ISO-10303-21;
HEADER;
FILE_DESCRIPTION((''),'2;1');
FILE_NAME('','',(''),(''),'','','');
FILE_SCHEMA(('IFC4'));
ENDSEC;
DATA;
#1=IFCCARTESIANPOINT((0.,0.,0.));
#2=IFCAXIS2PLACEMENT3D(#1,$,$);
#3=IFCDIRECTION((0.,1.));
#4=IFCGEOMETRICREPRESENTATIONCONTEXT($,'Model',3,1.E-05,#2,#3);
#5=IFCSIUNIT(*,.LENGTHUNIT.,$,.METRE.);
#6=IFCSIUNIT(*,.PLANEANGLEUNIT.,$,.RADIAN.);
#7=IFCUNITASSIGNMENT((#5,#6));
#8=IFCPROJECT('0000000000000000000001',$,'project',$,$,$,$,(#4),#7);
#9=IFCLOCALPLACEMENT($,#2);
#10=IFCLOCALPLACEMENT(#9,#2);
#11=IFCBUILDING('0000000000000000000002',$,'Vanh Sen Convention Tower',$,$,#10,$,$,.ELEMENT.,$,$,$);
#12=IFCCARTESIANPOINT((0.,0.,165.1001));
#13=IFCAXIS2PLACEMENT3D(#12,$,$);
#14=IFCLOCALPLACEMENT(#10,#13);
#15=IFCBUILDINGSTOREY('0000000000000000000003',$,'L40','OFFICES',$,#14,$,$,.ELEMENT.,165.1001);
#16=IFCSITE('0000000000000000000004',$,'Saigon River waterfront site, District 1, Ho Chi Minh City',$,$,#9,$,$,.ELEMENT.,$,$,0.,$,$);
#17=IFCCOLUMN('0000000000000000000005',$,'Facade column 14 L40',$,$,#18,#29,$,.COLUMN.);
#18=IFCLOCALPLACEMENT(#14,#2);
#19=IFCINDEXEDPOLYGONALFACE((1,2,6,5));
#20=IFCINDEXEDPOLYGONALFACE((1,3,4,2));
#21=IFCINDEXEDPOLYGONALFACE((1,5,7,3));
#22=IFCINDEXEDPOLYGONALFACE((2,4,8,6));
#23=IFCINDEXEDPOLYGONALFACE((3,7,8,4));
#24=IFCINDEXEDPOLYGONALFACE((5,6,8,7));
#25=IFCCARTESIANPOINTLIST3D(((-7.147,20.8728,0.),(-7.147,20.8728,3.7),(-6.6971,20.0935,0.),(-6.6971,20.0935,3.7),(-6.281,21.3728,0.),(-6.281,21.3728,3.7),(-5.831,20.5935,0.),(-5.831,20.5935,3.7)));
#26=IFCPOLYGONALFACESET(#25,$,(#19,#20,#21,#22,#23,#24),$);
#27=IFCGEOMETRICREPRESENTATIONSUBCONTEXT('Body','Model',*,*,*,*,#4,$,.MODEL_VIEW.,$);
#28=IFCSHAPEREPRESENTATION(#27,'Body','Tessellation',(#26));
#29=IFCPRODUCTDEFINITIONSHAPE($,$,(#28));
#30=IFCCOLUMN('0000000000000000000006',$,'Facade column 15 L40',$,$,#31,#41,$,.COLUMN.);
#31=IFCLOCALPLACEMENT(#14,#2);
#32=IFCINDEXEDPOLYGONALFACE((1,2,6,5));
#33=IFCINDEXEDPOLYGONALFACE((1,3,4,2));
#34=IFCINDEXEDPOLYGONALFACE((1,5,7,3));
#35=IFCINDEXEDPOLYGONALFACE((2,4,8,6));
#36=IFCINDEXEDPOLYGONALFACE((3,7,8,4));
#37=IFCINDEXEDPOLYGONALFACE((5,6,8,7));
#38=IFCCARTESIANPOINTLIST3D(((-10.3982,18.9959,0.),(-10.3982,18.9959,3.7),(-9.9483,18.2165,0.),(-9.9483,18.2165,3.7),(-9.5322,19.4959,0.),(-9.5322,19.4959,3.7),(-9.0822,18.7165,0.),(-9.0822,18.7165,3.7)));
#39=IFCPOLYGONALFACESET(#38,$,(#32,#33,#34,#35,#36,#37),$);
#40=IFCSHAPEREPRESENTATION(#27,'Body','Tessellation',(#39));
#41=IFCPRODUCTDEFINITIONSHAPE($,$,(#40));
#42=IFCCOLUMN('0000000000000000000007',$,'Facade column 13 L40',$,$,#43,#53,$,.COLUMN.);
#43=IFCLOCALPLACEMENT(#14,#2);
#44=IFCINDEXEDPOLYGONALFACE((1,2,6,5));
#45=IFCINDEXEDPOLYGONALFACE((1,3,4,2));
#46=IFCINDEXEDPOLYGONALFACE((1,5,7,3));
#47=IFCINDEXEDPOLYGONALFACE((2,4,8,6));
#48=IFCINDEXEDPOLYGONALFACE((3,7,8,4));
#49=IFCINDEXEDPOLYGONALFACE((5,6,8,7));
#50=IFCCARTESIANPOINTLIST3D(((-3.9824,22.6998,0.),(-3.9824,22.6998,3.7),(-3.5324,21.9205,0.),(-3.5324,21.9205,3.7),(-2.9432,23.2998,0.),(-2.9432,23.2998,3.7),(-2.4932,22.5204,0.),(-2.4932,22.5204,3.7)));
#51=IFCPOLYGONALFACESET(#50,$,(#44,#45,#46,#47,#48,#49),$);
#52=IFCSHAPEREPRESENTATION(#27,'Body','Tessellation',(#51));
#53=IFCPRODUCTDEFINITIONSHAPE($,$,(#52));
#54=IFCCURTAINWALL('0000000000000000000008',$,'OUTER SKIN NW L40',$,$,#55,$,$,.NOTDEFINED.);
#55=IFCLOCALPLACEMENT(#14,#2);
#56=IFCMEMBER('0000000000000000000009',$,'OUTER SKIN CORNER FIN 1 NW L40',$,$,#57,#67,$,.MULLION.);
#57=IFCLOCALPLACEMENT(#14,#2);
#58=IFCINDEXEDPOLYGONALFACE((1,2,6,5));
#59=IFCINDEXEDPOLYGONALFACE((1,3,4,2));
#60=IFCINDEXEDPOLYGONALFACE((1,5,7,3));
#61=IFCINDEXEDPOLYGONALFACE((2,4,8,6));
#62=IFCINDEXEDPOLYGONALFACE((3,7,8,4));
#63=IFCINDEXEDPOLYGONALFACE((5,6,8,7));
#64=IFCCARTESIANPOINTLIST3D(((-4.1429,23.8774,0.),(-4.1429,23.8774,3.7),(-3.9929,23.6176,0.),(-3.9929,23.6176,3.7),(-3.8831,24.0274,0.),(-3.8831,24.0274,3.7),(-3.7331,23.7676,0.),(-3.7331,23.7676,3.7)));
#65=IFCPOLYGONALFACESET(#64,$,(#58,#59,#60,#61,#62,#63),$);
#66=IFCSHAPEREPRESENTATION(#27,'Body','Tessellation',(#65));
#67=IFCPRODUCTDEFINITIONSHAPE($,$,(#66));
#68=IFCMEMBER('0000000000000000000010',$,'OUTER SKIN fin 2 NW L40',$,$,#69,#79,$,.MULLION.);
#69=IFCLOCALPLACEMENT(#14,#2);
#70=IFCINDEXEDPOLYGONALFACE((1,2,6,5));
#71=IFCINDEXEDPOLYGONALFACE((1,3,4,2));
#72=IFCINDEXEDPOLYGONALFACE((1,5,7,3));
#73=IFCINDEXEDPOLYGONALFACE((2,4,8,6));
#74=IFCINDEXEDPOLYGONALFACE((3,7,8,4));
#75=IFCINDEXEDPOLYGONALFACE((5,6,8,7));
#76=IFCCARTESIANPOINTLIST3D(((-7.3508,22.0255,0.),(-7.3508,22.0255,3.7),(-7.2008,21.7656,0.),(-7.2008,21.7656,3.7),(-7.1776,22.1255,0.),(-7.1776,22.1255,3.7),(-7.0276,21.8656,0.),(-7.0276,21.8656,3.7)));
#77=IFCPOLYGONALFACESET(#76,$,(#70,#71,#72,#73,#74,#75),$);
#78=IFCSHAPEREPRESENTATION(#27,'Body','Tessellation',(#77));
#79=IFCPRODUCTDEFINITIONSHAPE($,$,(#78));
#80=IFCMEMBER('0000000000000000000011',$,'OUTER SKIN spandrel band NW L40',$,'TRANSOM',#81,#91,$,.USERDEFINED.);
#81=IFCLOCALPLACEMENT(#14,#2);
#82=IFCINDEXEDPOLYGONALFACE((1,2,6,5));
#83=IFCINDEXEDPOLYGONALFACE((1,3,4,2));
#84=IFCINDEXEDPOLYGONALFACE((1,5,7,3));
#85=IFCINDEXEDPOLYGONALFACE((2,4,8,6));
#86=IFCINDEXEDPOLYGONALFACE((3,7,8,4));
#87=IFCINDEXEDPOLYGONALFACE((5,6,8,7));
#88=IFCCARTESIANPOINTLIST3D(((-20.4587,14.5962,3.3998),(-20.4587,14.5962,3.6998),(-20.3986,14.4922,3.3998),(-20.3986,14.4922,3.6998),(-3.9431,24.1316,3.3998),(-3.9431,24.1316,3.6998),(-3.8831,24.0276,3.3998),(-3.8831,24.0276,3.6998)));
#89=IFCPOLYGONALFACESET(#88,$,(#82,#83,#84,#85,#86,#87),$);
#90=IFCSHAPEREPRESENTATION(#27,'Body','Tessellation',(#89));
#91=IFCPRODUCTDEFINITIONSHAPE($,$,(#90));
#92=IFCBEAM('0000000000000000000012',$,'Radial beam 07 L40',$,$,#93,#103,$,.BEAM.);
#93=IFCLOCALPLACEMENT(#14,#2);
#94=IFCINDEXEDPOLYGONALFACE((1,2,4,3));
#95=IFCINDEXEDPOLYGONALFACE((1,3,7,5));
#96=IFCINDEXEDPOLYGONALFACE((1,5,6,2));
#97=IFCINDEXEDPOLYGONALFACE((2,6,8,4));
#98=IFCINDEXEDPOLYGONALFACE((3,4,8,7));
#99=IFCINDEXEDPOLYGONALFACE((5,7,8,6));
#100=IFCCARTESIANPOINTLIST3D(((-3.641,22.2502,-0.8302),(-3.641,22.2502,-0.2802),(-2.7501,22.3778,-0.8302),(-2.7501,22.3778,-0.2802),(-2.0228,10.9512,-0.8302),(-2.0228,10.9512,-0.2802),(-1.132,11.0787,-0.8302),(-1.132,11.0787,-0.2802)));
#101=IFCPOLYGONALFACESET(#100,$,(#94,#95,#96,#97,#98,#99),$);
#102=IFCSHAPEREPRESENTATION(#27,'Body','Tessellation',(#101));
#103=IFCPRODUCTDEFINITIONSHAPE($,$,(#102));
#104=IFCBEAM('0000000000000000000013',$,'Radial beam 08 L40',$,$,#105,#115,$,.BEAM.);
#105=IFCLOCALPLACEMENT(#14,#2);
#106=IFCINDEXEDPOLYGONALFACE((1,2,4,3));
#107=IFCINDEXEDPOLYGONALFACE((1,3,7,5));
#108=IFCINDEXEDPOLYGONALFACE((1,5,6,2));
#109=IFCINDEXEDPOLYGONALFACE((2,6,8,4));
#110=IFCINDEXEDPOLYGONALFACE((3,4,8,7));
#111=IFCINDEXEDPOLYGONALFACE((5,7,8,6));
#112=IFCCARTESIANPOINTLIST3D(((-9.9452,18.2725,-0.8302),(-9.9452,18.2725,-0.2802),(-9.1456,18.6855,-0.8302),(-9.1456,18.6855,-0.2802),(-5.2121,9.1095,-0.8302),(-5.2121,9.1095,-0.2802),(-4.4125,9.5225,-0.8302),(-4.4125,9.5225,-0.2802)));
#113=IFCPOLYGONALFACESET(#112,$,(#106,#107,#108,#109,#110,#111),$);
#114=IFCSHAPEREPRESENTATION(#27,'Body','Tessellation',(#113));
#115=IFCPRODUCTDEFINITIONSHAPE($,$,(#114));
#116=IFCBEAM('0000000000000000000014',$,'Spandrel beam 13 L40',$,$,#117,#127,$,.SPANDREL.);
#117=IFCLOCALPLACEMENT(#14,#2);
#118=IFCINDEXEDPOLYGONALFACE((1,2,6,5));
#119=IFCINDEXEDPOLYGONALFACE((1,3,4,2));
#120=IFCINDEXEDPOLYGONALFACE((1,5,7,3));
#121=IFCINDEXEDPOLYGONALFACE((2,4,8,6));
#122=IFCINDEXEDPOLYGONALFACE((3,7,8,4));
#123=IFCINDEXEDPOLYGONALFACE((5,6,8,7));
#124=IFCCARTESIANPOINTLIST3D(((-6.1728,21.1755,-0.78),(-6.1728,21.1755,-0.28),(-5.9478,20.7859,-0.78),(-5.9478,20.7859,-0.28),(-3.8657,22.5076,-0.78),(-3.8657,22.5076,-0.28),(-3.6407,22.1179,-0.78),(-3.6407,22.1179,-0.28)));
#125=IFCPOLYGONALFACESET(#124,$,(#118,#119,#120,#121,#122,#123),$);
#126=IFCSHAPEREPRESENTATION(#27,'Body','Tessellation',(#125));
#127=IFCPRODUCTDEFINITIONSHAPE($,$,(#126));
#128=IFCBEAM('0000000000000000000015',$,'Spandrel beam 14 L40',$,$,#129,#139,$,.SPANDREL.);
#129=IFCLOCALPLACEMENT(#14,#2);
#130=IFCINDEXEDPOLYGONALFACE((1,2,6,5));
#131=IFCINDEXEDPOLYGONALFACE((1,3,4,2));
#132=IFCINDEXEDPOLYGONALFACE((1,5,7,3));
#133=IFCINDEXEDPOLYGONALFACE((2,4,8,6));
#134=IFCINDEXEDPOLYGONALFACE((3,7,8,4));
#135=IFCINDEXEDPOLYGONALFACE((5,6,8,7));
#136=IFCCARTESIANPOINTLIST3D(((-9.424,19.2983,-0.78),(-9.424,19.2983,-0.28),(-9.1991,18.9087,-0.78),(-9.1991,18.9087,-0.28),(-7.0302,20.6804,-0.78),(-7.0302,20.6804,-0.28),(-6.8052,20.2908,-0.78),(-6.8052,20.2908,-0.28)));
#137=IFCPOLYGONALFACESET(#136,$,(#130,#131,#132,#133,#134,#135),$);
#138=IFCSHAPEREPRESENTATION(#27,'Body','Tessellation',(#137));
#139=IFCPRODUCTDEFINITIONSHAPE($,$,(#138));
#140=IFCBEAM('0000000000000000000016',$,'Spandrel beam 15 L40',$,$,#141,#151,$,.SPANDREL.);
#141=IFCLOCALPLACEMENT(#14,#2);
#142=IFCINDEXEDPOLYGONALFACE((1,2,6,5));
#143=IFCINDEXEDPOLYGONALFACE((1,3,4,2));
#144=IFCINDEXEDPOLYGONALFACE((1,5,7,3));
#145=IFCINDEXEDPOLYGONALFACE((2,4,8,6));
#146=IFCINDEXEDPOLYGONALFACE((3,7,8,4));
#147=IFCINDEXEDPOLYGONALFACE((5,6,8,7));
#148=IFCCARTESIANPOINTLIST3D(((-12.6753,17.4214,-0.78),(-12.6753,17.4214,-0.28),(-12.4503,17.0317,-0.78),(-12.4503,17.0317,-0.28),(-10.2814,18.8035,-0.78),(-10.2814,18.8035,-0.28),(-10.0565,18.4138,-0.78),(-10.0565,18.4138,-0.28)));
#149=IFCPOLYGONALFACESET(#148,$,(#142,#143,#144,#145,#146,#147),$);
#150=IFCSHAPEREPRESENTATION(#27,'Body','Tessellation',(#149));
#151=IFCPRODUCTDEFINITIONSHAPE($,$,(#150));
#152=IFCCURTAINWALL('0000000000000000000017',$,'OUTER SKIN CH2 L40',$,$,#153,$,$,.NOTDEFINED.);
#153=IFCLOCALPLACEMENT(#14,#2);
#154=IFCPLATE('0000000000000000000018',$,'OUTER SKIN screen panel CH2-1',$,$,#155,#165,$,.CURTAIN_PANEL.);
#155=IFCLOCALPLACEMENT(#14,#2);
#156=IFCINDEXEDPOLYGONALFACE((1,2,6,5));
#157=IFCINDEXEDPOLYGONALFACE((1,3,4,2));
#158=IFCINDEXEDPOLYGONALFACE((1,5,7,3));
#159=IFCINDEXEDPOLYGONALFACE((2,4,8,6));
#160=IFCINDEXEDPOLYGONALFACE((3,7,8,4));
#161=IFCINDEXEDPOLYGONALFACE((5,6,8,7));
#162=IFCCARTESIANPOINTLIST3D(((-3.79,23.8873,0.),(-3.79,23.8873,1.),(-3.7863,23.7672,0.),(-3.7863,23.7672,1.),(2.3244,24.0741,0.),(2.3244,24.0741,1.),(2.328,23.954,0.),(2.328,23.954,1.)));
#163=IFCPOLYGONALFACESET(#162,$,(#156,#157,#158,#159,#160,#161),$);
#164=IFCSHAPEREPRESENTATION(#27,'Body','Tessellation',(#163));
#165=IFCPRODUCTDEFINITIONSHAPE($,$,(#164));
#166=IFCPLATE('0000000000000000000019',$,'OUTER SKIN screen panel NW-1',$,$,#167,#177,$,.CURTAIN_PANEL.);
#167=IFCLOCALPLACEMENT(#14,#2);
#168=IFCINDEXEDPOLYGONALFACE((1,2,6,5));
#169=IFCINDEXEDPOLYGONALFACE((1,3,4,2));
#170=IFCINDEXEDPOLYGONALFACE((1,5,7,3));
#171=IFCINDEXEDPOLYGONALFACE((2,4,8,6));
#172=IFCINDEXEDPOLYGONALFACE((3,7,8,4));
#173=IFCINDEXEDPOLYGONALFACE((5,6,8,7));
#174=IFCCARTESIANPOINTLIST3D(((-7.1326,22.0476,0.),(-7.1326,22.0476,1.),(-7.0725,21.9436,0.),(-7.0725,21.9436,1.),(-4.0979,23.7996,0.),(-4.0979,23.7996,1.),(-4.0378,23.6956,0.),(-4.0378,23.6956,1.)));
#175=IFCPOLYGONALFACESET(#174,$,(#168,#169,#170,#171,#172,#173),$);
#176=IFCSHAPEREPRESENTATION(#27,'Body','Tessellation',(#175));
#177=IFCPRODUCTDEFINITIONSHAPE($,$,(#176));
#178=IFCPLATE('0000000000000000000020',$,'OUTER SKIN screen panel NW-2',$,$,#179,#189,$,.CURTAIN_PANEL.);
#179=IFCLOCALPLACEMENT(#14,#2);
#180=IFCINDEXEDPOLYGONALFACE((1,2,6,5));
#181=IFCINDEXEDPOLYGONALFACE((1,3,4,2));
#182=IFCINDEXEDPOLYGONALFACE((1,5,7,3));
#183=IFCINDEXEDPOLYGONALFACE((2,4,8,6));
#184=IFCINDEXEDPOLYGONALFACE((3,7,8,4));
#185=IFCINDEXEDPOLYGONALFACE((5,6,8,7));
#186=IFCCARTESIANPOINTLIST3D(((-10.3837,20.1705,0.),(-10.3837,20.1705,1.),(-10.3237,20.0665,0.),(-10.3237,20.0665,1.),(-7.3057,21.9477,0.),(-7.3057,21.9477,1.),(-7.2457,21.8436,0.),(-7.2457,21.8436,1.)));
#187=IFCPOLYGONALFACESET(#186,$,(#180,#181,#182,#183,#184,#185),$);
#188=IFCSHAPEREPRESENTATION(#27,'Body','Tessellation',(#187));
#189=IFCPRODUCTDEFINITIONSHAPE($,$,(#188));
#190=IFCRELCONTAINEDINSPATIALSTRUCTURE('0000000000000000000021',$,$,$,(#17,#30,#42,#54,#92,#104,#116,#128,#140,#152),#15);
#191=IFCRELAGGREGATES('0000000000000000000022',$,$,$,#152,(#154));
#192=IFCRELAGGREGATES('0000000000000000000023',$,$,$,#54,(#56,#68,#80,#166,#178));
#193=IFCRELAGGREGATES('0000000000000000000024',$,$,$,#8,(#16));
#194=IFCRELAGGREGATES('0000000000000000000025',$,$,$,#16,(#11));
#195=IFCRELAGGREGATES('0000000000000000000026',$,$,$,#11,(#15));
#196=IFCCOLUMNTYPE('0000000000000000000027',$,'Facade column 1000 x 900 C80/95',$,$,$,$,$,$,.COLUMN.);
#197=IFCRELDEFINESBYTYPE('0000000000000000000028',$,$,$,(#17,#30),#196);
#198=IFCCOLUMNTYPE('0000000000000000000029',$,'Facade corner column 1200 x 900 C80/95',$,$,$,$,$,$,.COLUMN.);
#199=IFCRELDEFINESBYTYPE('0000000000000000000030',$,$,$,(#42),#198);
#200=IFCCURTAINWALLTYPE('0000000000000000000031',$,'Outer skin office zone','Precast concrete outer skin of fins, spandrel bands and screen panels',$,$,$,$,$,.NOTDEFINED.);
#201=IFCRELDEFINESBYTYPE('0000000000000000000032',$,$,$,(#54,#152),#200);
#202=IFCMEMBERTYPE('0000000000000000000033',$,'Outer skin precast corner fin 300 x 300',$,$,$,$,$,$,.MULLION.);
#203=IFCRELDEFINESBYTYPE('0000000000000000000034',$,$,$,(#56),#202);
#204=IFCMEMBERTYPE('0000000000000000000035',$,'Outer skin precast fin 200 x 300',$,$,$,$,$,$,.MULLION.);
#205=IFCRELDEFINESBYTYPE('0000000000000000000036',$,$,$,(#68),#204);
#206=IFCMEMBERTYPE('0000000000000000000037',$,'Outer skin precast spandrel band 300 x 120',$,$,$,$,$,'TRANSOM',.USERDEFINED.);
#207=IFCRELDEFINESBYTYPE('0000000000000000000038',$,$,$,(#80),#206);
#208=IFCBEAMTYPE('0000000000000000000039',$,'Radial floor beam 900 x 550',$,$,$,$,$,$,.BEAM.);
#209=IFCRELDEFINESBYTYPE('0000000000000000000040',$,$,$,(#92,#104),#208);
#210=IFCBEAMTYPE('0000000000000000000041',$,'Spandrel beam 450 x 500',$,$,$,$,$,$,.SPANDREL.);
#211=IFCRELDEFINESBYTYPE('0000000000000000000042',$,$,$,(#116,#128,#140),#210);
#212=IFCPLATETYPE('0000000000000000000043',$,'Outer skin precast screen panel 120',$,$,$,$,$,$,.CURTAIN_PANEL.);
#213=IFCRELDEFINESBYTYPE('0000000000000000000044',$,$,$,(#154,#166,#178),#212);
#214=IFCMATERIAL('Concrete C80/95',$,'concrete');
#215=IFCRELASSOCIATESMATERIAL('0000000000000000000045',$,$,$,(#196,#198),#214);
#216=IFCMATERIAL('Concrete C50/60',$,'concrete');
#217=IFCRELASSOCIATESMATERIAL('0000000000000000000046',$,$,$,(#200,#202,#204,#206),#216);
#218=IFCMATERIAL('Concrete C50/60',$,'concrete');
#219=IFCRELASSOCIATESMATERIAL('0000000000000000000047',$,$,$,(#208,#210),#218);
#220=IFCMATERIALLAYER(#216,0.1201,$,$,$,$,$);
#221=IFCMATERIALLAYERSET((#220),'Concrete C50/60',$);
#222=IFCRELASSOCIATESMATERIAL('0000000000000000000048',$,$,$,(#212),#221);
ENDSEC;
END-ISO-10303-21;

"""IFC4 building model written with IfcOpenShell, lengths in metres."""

from ifc_helpers import new_model, si_unit, direction, frame, origin, origin_2d, place, context, subcontext, project, spatial, rectangle, extrude, material, layer, layer_set, material_profile, profile_set, type_object, element, aggregate, save


model = new_model("IFC4")

# Units and contexts
model_context = context("Model", 3, precision=1e-05, world=origin(), true_north=direction((0.0, 1.0)))
body_context = subcontext(model_context, "Body", "Model", "MODEL_VIEW")
ifc_project = project(units=[si_unit("LENGTHUNIT", "METRE"), si_unit("PLANEANGLEUNIT", "RADIAN")], contexts=[model_context])

# Site, building, storey
site_placement = place(None, origin())
site = spatial("IfcSite", under=ifc_project, at=site_placement, Name="Saigon River waterfront site, District 1, Ho Chi Minh City", CompositionType="ELEMENT", RefElevation=0.0)
building_placement = place(site_placement, origin())
building = spatial("IfcBuilding", under=site, at=building_placement, Name="Vanh Sen Convention Tower", CompositionType="ELEMENT")
storey_placement = place(building_placement, frame((0.0, 0.0, 165.1001)))
storey = spatial("IfcBuildingStorey", under=building, at=storey_placement, Name="L40", Description="OFFICES", CompositionType="ELEMENT", Elevation=165.1001)

# Columns
ifc_material_1 = material(Name="Concrete C80/95", Category="concrete")
ifc_material_profile_1 = material_profile(ifc_material_1, rectangle(XDim=1.0, YDim=0.8999, at=origin_2d()), Name="RC 1000X900")
ifc_profile_set_1 = profile_set([ifc_material_profile_1], Name="Concrete C80/95")
column_type_1 = type_object("IfcColumnType", Name="Facade column 1000 x 900 C80/95", PredefinedType="COLUMN", material=ifc_profile_set_1)
for number, where, z_axis, x_axis, name in (
    (1, (-6.489, 20.7332, 0.0), (0.0, 0.0, 1.0), (-0.866025, -0.5, 0.0), "Facade column 14 L40"),
    (2, (-9.7402, 18.8562, 0.0), (0.0, 0.0, 1.0), (-0.866025, -0.5, 0.0), "Facade column 15 L40"),
):
    element("IfcColumn", number, at=place(storey_placement, frame(where, z_axis=z_axis, x_axis=x_axis)), inside=storey, type_object=column_type_1, Name=name, PredefinedType="COLUMN", context=body_context, shape_type="SweptSolid", body=[
        extrude(rectangle(XDim=1.0, YDim=0.8999, at=origin_2d()), origin(), (0.0, 0.0, 1.0), 3.7),
    ])
ifc_material_profile_2 = material_profile(ifc_material_1, rectangle(XDim=1.2, YDim=0.8999, at=origin_2d()), Name="RC 1200X900")
ifc_profile_set_2 = profile_set([ifc_material_profile_2], Name="Concrete C80/95")
column_type_2 = type_object("IfcColumnType", Name="Facade corner column 1200 x 900 C80/95", PredefinedType="COLUMN", material=ifc_profile_set_2)
column_placement = place(storey_placement, frame((-3.2378, 22.6101, 0.0), z_axis=(0.0, 0.0, 1.0), x_axis=(-0.866025, -0.5, 0.0)))
element("IfcColumn", 3, at=column_placement, inside=storey, type_object=column_type_2, Name="Facade column 13 L40", PredefinedType="COLUMN", context=body_context, shape_type="SweptSolid", body=[
    extrude(rectangle(XDim=1.2, YDim=0.8999, at=origin_2d()), origin(), (0.0, 0.0, 1.0), 3.7),
])

# Curtain wall, members
ifc_material_2 = material(Name="Concrete C50/60", Category="concrete")
curtain_wall_type = type_object("IfcCurtainWallType", Name="Outer skin office zone", Description="Precast concrete outer skin of fins, spandrel bands and screen panels", PredefinedType="NOTDEFINED", material=ifc_material_2)
curtain_wall_1_placement = place(storey_placement, origin())
curtain_wall_1 = element("IfcCurtainWall", 4, at=curtain_wall_1_placement, inside=storey, type_object=curtain_wall_type, Name="OUTER SKIN NW L40", PredefinedType="NOTDEFINED")
ifc_material_profile_3 = material_profile(ifc_material_2, rectangle(XDim=0.3, YDim=0.3, at=origin_2d()), Name="Outer skin precast corner fin 300 x 300")
ifc_profile_set_3 = profile_set([ifc_material_profile_3], Name="Concrete C50/60")
member_type_1 = type_object("IfcMemberType", Name="Outer skin precast corner fin 300 x 300", PredefinedType="MULLION", material=ifc_profile_set_3)
member_1_placement = place(storey_placement, frame((-3.938, 23.8225, 0.0), z_axis=(0.0, 0.0, 1.0), x_axis=(-0.866025, -0.5, 0.0)))
member_1 = element("IfcMember", 5, at=member_1_placement, type_object=member_type_1, Name="OUTER SKIN CORNER FIN 1 NW L40", PredefinedType="MULLION", context=body_context, shape_type="SweptSolid", body=[
    extrude(rectangle(XDim=0.3, YDim=0.3, at=origin_2d()), origin(), (0.0, 0.0, 1.0), 3.7),
])
ifc_material_profile_4 = material_profile(ifc_material_2, rectangle(XDim=0.2, YDim=0.3, at=origin_2d()), Name="Outer skin precast fin 200 x 300")
ifc_profile_set_4 = profile_set([ifc_material_profile_4], Name="Concrete C50/60")
member_type_2 = type_object("IfcMemberType", Name="Outer skin precast fin 200 x 300", PredefinedType="MULLION", material=ifc_profile_set_4)
member_2_placement = place(storey_placement, frame((-7.1892, 21.9456, 0.0), z_axis=(0.0, 0.0, 1.0), x_axis=(-0.866025, -0.5, 0.0)))
member_2 = element("IfcMember", 6, at=member_2_placement, type_object=member_type_2, Name="OUTER SKIN fin 2 NW L40", PredefinedType="MULLION", context=body_context, shape_type="SweptSolid", body=[
    extrude(rectangle(XDim=0.2, YDim=0.3, at=origin_2d()), origin(), (0.0, 0.0, 1.0), 3.7),
])
ifc_material_profile_5 = material_profile(ifc_material_2, rectangle(XDim=0.1201, YDim=0.3, at=origin_2d()), Name="Outer skin precast spandrel band 300 x 120")
ifc_profile_set_5 = profile_set([ifc_material_profile_5], Name="Concrete C50/60")
member_type_3 = type_object("IfcMemberType", Name="Outer skin precast spandrel band 300 x 120", ElementType="TRANSOM", PredefinedType="USERDEFINED", material=ifc_profile_set_5)
member_3_placement = place(storey_placement, frame((-3.9131, 24.0796, 3.5498), z_axis=(-0.866023, -0.500004, 0.0), x_axis=(0.500004, -0.866023, 0.0)))
member_3 = element("IfcMember", 7, at=member_3_placement, type_object=member_type_3, Name="OUTER SKIN spandrel band NW L40", ObjectType="TRANSOM", PredefinedType="USERDEFINED", context=body_context, shape_type="SweptSolid", body=[
    extrude(rectangle(XDim=0.1201, YDim=0.3, at=origin_2d()), origin(), (0.0, 0.0, 1.0), 19.0706),
])

# Beams
ifc_material_3 = material(Name="Concrete C50/60", Category="concrete")
ifc_material_profile_6 = material_profile(ifc_material_3, rectangle(XDim=0.8999, YDim=0.55, at=origin_2d()), Name="RC 900X550")
ifc_profile_set_6 = profile_set([ifc_material_profile_6], Name="Concrete C50/60")
beam_type_1 = type_object("IfcBeamType", Name="Radial floor beam 900 x 550", PredefinedType="BEAM", material=ifc_profile_set_6)
beam_1_placement = place(storey_placement, frame((-3.1956, 22.314, -0.5552), z_axis=(0.141766, -0.9899, 0.0), x_axis=(0.9899, 0.141766, 0.0)))
element("IfcBeam", 8, at=beam_1_placement, inside=storey, type_object=beam_type_1, Name="Radial beam 07 L40", PredefinedType="BEAM", context=body_context, shape_type="SweptSolid", body=[
    extrude(rectangle(XDim=0.8999, YDim=0.55, at=origin_2d()), origin(), (0.0, 0.0, 1.0), 11.4143),
])
beam_2_placement = place(storey_placement, frame((-9.5454, 18.479, -0.5552), z_axis=(0.458935, -0.88847, 0.0), x_axis=(0.88847, 0.458935, 0.0)))
element("IfcBeam", 9, at=beam_2_placement, inside=storey, type_object=beam_type_1, Name="Radial beam 08 L40", PredefinedType="BEAM", context=body_context, shape_type="SweptSolid", body=[
    extrude(rectangle(XDim=0.8999, YDim=0.55, at=origin_2d()), origin(), (0.0, 0.0, 1.0), 10.3132),
])
ifc_material_profile_7 = material_profile(ifc_material_3, rectangle(XDim=0.45, YDim=0.5, at=origin_2d()), Name="RC 450X500")
ifc_profile_set_7 = profile_set([ifc_material_profile_7], Name="Concrete C50/60")
beam_type_2 = type_object("IfcBeamType", Name="Spandrel beam 450 x 500", PredefinedType="SPANDREL", material=ifc_profile_set_7)
beam_3_placement = place(storey_placement, frame((-3.7532, 22.3127, -0.53), z_axis=(-0.866024, -0.500003, 0.0), x_axis=(0.500003, -0.866024, 0.0)))
element("IfcBeam", 10, at=beam_3_placement, inside=storey, type_object=beam_type_2, Name="Spandrel beam 13 L40", PredefinedType="SPANDREL", context=body_context, shape_type="SweptSolid", body=[
    extrude(rectangle(XDim=0.45, YDim=0.5, at=origin_2d()), origin(), (0.0, 0.0, 1.0), 2.6641),
])
for number, where, z_axis, x_axis, name in (
    (11, (-6.9177, 20.4856, -0.53), (-0.866022, -0.500005, 0.0), (0.500005, -0.866022, 0.0), "Spandrel beam 14 L40"),
    (12, (-10.1689, 18.6086, -0.53), (-0.866022, -0.500005, 0.0), (0.500005, -0.866022, 0.0), "Spandrel beam 15 L40"),
):
    element("IfcBeam", number, at=place(storey_placement, frame(where, z_axis=z_axis, x_axis=x_axis)), inside=storey, type_object=beam_type_2, Name=name, PredefinedType="SPANDREL", context=body_context, shape_type="SweptSolid", body=[
        extrude(rectangle(XDim=0.45, YDim=0.5, at=origin_2d()), origin(), (0.0, 0.0, 1.0), 2.7642),
    ])

# Curtain wall, plate
curtain_wall_2_placement = place(storey_placement, origin())
curtain_wall_2 = element("IfcCurtainWall", 13, at=curtain_wall_2_placement, inside=storey, type_object=curtain_wall_type, Name="OUTER SKIN CH2 L40", PredefinedType="NOTDEFINED")
ifc_layer_1 = layer(ifc_material_2, 0.1201)
ifc_layer_set_1 = layer_set([ifc_layer_1], Name="Concrete C50/60")
plate_type = type_object("IfcPlateType", Name="Outer skin precast screen panel 120", PredefinedType="CURTAIN_PANEL", material=ifc_layer_set_1)
plate_1_placement = place(storey_placement, frame((-0.731, 23.9207, 0.0), z_axis=(0.0, 0.0, 1.0), x_axis=(-0.999534, -0.030539, 0.0)))
plate_1 = element("IfcPlate", 14, at=plate_1_placement, type_object=plate_type, Name="OUTER SKIN screen panel CH2-1", PredefinedType="CURTAIN_PANEL", context=body_context, shape_type="SweptSolid", body=[
    extrude(rectangle(XDim=6.1172, YDim=0.1201, at=origin_2d()), origin(), (0.0, 0.0, 1.0), 1.0),
])
aggregate(curtain_wall_2, [plate_1])

# Plates
plate_2_placement = place(storey_placement, frame((-5.5852, 22.8716, 0.0), z_axis=(0.0, 0.0, 1.0), x_axis=(-0.866035, -0.499983, 0.0)))
plate_2 = element("IfcPlate", 15, at=plate_2_placement, type_object=plate_type, Name="OUTER SKIN screen panel NW-1", PredefinedType="CURTAIN_PANEL", context=body_context, shape_type="SweptSolid", body=[
    extrude(rectangle(XDim=3.5042, YDim=0.1201, at=origin_2d()), origin(), (0.0, 0.0, 1.0), 1.0),
])
plate_3_placement = place(storey_placement, frame((-8.8147, 21.0071, 0.0), z_axis=(0.0, 0.0, 1.0), x_axis=(-0.866017, -0.500015, 0.0)))
plate_3 = element("IfcPlate", 16, at=plate_3_placement, type_object=plate_type, Name="OUTER SKIN screen panel NW-2", PredefinedType="CURTAIN_PANEL", context=body_context, shape_type="SweptSolid", body=[
    extrude(rectangle(XDim=3.5542, YDim=0.1201, at=origin_2d()), origin(), (0.0, 0.0, 1.0), 1.0),
])
aggregate(curtain_wall_1, [member_1, member_2, member_3, plate_2, plate_3])

save(model, "model.ifc")
